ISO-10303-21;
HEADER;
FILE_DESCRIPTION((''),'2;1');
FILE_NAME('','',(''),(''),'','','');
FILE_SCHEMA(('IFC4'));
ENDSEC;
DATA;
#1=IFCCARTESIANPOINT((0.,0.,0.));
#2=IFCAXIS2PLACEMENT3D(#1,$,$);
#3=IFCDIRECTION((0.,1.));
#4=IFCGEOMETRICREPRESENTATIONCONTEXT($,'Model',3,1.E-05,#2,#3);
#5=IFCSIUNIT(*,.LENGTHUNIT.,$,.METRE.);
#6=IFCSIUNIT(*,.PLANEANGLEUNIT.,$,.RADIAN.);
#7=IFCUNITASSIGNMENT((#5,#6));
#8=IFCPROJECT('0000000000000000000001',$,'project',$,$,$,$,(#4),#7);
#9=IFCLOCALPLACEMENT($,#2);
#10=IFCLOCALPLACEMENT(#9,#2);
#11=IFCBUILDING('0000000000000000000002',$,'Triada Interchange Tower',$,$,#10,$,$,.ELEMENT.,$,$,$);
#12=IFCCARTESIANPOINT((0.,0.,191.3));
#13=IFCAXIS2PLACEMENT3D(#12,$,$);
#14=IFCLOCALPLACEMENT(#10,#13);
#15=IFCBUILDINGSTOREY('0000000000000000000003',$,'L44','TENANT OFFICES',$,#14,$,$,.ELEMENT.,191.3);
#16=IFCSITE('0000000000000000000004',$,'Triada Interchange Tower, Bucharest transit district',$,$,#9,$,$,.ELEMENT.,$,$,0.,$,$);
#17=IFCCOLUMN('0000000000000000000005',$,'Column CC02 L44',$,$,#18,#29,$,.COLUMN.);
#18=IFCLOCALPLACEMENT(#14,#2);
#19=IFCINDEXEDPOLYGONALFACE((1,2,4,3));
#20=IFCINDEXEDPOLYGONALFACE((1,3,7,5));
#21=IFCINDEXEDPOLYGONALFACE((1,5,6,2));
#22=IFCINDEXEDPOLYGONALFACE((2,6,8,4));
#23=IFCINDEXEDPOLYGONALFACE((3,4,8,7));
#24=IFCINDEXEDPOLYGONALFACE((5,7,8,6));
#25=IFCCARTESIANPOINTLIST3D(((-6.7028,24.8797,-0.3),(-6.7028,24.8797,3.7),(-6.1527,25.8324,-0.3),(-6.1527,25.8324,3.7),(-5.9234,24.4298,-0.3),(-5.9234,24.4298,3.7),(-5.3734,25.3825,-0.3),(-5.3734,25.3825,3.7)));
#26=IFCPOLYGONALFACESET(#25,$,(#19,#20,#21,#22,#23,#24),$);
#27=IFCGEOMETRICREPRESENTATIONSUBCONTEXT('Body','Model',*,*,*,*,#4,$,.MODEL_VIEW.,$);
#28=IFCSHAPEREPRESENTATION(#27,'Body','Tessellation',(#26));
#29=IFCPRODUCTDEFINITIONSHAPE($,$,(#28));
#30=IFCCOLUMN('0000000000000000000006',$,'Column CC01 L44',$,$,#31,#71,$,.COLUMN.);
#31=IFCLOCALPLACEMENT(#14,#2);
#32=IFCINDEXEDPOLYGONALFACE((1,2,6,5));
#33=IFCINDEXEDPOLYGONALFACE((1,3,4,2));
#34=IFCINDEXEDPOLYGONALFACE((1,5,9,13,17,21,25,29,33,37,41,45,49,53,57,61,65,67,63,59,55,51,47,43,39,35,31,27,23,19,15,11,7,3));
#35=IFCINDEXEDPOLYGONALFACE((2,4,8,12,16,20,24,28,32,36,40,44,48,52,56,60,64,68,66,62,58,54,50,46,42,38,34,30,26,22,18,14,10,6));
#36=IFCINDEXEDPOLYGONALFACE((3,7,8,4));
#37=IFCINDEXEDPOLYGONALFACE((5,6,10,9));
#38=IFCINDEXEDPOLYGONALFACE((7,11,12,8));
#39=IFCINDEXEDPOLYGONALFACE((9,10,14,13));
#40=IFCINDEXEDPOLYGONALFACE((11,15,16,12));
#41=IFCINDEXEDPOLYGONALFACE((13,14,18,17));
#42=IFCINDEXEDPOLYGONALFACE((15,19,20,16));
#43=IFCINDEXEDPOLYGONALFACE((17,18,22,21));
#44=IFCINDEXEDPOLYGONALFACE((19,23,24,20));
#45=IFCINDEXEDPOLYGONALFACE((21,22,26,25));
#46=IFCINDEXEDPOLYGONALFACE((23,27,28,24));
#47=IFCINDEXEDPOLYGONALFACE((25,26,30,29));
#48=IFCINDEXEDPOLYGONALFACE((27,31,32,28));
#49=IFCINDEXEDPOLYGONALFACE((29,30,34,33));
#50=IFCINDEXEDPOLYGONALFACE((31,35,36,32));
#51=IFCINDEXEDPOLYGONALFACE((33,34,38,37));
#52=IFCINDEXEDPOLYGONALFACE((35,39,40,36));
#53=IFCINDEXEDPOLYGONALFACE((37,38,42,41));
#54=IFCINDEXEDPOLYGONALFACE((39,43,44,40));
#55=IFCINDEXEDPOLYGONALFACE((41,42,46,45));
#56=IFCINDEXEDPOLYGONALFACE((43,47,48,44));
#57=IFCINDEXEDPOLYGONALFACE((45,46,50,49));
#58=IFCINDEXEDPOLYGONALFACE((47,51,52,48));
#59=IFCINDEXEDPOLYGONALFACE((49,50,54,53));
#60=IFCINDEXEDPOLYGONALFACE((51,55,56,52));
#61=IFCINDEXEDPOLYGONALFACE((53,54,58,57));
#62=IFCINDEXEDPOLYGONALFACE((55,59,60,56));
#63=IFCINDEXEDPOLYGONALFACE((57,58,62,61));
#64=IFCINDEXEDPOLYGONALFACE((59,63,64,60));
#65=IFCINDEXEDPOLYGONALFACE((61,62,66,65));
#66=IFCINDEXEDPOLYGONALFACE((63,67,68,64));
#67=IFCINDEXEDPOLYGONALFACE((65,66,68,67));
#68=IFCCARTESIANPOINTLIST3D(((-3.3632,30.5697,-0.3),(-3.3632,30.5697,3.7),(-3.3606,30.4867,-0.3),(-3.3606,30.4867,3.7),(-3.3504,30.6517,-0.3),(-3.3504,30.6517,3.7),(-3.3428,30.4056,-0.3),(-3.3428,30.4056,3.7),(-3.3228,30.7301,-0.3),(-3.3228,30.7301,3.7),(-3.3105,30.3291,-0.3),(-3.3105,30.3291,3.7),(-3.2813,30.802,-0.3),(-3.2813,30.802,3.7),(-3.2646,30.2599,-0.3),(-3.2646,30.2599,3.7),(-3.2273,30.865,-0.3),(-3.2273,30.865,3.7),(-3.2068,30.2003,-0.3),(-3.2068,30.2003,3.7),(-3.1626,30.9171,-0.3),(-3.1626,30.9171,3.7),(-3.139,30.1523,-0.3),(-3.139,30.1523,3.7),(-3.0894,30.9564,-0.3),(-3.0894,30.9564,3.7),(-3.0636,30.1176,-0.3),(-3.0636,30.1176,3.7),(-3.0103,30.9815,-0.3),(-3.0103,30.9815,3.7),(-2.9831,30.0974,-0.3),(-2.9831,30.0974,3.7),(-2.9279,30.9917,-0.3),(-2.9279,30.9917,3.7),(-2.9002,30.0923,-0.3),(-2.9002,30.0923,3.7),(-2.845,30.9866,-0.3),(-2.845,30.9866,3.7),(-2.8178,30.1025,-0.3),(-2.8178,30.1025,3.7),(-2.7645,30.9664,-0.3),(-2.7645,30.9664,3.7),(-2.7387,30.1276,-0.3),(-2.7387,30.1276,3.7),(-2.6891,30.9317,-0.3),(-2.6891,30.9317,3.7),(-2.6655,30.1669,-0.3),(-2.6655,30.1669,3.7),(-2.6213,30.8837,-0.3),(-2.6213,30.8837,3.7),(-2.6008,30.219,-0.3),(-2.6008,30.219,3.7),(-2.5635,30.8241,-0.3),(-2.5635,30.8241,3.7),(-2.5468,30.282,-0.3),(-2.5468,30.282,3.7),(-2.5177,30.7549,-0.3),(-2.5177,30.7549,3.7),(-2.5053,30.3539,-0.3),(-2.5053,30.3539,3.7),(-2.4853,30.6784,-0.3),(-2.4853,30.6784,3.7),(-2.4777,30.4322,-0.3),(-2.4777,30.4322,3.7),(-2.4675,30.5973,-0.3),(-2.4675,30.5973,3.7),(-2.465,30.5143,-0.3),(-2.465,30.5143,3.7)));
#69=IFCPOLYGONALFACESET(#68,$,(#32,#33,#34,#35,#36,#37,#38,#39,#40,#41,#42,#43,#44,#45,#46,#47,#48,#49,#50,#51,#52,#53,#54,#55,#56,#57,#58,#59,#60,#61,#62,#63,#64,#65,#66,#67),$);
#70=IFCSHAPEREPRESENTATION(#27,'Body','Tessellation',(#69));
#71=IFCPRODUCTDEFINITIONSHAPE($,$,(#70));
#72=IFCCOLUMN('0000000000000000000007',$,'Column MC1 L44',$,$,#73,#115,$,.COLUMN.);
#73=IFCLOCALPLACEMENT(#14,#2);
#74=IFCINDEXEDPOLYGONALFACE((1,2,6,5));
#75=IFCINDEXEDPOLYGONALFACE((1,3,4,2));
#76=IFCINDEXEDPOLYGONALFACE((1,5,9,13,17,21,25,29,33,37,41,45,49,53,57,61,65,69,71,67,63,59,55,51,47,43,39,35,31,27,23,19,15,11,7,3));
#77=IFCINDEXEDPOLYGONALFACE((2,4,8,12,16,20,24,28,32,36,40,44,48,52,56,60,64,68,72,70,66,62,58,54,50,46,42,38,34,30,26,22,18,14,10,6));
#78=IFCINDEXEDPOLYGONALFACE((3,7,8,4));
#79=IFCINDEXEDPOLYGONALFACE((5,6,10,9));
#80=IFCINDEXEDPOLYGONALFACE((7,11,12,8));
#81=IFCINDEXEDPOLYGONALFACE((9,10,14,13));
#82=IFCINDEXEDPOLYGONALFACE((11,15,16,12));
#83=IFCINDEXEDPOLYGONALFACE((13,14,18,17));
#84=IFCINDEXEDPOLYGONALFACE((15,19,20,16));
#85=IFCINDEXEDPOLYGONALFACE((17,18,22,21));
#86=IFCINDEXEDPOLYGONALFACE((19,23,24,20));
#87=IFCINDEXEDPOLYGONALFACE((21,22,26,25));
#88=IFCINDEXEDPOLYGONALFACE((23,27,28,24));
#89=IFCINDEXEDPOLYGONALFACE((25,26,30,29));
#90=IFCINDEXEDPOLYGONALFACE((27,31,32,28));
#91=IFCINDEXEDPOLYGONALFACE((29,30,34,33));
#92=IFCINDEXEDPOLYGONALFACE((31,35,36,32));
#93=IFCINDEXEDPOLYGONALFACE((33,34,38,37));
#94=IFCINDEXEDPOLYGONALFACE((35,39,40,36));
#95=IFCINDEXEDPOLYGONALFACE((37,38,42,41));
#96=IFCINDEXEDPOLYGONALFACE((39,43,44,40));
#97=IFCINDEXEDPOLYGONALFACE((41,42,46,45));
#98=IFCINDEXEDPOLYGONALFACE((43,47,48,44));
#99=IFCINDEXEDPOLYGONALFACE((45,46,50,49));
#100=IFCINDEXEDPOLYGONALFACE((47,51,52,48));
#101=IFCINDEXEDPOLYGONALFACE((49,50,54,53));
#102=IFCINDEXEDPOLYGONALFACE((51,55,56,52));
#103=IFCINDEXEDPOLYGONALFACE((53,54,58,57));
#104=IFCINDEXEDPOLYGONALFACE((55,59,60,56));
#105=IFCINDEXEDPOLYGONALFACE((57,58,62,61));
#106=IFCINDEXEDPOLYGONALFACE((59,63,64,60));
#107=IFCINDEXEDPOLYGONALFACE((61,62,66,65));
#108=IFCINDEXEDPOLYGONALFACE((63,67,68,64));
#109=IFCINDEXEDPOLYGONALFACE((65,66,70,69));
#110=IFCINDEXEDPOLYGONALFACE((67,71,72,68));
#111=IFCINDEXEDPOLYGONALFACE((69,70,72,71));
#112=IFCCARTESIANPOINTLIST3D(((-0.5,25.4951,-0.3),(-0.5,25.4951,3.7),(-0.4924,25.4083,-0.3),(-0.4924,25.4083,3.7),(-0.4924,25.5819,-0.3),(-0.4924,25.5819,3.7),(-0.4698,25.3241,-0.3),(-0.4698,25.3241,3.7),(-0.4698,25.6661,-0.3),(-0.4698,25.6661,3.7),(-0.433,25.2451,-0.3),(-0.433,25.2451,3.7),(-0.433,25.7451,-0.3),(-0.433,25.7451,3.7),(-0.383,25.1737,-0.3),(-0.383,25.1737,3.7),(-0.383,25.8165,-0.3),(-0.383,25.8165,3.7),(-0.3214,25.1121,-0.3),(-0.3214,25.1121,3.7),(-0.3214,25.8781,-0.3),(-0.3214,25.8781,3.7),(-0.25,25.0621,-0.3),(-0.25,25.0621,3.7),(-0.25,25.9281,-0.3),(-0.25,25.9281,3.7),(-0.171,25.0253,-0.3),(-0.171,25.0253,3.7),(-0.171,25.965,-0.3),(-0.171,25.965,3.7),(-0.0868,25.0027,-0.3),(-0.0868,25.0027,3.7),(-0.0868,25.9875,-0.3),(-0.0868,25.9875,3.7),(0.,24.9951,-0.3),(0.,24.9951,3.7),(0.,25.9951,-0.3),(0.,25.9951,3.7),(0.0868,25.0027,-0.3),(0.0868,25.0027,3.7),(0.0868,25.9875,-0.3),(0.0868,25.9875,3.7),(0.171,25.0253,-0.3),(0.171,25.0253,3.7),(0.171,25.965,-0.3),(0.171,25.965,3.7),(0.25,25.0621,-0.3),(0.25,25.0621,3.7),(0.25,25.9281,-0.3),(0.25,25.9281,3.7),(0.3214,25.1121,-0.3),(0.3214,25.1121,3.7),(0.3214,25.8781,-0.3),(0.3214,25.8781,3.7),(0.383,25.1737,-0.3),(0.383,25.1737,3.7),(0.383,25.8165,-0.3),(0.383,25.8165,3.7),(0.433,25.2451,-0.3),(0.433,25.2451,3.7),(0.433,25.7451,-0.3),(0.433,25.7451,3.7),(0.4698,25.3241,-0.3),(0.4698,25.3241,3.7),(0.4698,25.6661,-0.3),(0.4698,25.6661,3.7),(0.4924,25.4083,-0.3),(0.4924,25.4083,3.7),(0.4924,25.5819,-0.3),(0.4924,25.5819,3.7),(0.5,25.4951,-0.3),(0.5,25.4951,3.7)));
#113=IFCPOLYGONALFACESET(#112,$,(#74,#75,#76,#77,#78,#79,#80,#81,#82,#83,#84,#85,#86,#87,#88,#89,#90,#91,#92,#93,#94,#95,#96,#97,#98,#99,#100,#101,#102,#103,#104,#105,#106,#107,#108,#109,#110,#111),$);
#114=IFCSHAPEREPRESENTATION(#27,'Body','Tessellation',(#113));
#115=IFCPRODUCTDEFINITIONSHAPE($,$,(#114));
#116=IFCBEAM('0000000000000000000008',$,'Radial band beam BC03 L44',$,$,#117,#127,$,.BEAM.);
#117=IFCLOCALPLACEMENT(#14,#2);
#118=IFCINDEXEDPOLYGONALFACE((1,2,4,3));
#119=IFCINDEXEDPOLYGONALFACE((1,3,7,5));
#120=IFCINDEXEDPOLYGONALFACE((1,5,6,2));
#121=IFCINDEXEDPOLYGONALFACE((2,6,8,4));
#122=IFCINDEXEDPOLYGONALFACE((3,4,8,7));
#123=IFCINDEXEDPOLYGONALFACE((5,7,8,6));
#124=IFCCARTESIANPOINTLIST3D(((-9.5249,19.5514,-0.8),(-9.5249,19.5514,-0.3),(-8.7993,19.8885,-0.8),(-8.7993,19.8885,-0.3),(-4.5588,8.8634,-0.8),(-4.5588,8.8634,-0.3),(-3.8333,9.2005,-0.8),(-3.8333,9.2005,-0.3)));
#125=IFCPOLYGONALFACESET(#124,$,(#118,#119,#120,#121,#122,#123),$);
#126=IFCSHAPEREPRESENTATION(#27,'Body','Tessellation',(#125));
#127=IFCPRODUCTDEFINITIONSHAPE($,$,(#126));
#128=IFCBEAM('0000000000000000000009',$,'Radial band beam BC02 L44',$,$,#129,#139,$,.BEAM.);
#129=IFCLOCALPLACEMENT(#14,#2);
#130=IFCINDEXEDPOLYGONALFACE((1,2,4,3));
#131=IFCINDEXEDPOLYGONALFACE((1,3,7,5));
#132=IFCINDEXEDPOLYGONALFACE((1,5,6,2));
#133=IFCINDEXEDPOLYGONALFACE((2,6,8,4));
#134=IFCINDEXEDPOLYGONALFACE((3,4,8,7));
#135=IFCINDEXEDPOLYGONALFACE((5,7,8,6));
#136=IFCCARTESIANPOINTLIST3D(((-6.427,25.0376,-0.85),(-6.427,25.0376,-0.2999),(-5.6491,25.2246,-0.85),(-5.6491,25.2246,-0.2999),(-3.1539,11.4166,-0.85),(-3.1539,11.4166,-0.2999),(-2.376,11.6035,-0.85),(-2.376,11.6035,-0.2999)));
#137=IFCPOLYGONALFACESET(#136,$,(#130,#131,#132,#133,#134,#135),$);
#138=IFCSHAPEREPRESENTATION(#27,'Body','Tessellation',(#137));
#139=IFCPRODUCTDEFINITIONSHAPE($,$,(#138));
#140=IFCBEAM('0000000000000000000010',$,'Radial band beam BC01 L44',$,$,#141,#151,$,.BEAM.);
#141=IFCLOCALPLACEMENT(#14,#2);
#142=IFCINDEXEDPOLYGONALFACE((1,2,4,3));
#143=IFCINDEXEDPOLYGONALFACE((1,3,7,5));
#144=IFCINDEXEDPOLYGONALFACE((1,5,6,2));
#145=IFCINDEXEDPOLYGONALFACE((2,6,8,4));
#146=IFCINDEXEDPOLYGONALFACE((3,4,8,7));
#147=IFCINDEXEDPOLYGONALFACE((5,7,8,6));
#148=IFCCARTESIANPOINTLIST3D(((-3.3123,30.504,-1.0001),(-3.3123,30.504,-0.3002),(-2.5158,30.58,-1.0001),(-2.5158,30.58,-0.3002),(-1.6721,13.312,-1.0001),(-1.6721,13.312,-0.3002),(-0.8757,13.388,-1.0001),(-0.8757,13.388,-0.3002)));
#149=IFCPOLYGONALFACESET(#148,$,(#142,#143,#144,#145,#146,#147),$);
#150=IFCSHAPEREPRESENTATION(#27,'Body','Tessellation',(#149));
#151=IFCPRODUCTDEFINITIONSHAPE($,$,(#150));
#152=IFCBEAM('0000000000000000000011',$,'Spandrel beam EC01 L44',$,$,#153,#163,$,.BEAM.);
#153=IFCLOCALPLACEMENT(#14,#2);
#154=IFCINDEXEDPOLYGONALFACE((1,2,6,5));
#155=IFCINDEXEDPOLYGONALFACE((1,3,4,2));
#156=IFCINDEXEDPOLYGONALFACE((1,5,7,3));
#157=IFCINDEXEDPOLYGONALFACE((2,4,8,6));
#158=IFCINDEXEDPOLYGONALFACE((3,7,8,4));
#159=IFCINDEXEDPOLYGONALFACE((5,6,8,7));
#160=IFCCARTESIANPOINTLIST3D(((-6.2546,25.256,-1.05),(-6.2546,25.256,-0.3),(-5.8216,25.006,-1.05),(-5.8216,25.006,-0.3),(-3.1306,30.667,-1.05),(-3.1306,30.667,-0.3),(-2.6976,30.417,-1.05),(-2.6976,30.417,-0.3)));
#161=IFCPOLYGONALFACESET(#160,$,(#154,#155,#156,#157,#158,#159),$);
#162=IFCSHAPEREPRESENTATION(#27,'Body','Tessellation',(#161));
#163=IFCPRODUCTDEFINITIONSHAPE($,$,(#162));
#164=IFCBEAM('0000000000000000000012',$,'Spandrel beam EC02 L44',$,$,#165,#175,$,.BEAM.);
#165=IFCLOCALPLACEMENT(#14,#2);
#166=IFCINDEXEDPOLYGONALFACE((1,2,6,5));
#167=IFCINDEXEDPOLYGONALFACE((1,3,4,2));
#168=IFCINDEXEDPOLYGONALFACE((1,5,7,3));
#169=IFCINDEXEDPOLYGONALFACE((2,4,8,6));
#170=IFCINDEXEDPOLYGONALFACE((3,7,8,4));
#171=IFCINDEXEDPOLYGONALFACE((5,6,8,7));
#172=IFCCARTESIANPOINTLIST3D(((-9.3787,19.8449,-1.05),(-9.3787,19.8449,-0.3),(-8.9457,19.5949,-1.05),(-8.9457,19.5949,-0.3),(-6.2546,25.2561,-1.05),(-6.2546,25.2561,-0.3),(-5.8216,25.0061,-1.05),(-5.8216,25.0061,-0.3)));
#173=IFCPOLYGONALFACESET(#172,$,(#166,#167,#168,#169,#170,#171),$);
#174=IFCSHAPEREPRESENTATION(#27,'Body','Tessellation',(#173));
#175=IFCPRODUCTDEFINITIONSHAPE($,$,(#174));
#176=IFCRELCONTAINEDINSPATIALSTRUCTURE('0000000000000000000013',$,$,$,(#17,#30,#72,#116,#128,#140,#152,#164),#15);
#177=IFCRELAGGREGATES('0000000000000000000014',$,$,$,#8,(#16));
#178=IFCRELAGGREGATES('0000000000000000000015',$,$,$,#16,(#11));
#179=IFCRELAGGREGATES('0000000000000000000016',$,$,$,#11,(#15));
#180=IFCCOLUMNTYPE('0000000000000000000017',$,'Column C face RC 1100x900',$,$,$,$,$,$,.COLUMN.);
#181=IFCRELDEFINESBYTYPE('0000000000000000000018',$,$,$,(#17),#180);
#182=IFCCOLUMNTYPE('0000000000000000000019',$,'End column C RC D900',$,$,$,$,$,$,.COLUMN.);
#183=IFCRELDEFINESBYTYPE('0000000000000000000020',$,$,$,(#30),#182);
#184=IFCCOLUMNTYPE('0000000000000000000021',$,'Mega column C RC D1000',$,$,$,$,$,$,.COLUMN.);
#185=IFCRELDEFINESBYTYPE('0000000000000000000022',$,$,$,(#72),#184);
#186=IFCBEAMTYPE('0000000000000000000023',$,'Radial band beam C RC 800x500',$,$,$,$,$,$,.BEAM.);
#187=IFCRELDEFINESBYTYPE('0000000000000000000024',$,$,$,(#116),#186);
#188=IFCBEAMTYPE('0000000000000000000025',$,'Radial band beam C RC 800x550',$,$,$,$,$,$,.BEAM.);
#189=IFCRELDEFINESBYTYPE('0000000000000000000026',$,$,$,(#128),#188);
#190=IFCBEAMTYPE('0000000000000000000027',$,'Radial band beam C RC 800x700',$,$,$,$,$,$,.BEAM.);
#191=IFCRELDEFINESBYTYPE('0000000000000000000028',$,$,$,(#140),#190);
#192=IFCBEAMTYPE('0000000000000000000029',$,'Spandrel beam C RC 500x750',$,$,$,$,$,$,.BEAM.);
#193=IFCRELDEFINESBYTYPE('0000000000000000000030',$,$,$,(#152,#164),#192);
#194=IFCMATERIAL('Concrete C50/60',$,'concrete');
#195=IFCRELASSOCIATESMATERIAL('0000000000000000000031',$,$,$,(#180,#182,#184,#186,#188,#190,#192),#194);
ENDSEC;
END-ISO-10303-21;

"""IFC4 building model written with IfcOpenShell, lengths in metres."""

from ifc_helpers import new_model, si_unit, direction, frame, origin, origin_2d, place, context, subcontext, project, spatial, rectangle, circle, extrude, material, material_profile, profile_set, type_object, element, save


model = new_model("IFC4")

# Units and contexts
model_context = context("Model", 3, precision=1e-05, world=origin(), true_north=direction((0.0, 1.0)))
body_context = subcontext(model_context, "Body", "Model", "MODEL_VIEW")
ifc_project = project(units=[si_unit("LENGTHUNIT", "METRE"), si_unit("PLANEANGLEUNIT", "RADIAN")], contexts=[model_context])

# Site, building, storey
site_placement = place(None, origin())
site = spatial("IfcSite", under=ifc_project, at=site_placement, Name="Triada Interchange Tower, Bucharest transit district", CompositionType="ELEMENT", RefElevation=0.0)
building_placement = place(site_placement, origin())
building = spatial("IfcBuilding", under=site, at=building_placement, Name="Triada Interchange Tower", CompositionType="ELEMENT")
storey_placement = place(building_placement, frame((0.0, 0.0, 191.3)))
storey = spatial("IfcBuildingStorey", under=building, at=storey_placement, Name="L44", Description="TENANT OFFICES", CompositionType="ELEMENT", Elevation=191.3)

# Columns
ifc_material_1 = material(Name="Concrete C50/60", Category="concrete")
ifc_material_profile_1 = material_profile(ifc_material_1, rectangle(XDim=1.1001, YDim=0.8999, at=origin_2d()), Name="RC 1100x900")
ifc_profile_set_1 = profile_set([ifc_material_profile_1], Name="Concrete C50/60")
column_type_1 = type_object("IfcColumnType", Name="Column C face RC 1100x900", PredefinedType="COLUMN", material=ifc_profile_set_1)
column_1_placement = place(storey_placement, frame((-6.0381, 25.1311, -0.3), z_axis=(0.0, 0.0, 1.0), x_axis=(0.5, 0.866025, 0.0)))
element("IfcColumn", 1, at=column_1_placement, inside=storey, type_object=column_type_1, Name="Column CC02 L44", PredefinedType="COLUMN", context=body_context, shape_type="SweptSolid", body=[
    extrude(rectangle(XDim=1.1001, YDim=0.8999, at=origin_2d()), origin(), (0.0, 0.0, 1.0), 4.0),
])
ifc_material_profile_2 = material_profile(ifc_material_1, circle(Radius=0.45, at=origin_2d()), Name="RC D900")
ifc_profile_set_2 = profile_set([ifc_material_profile_2], Name="Concrete C50/60")
column_type_2 = type_object("IfcColumnType", Name="End column C RC D900", PredefinedType="COLUMN", material=ifc_profile_set_2)
column_2_placement = place(storey_placement, frame((-2.9141, 30.542, -0.3), z_axis=(0.0, 0.0, 1.0), x_axis=(0.5, 0.866025, 0.0)))
element("IfcColumn", 2, at=column_2_placement, inside=storey, type_object=column_type_2, Name="Column CC01 L44", PredefinedType="COLUMN", context=body_context, shape_type="SweptSolid", body=[
    extrude(circle(Radius=0.45, at=origin_2d()), origin(), (0.0, 0.0, 1.0), 4.0),
])
ifc_material_profile_3 = material_profile(ifc_material_1, circle(Radius=0.5, at=origin_2d()), Name="RC D1000")
ifc_profile_set_3 = profile_set([ifc_material_profile_3], Name="Concrete C50/60")
column_type_3 = type_object("IfcColumnType", Name="Mega column C RC D1000", PredefinedType="COLUMN", material=ifc_profile_set_3)
column_3_placement = place(storey_placement, frame((0.0, 25.4951, -0.3), z_axis=(0.0, 0.0, 1.0), x_axis=(1.0, 0.0, 0.0)))
element("IfcColumn", 3, at=column_3_placement, inside=storey, type_object=column_type_3, Name="Column MC1 L44", PredefinedType="COLUMN", context=body_context, shape_type="SweptSolid", body=[
    extrude(circle(Radius=0.5, at=origin_2d()), origin(), (0.0, 0.0, 1.0), 4.0),
])

# Beams
ifc_material_profile_4 = material_profile(ifc_material_1, rectangle(XDim=0.8, YDim=0.5, at=origin_2d()), Name="RC 800x500")
ifc_profile_set_4 = profile_set([ifc_material_profile_4], Name="Concrete C50/60")
beam_type_1 = type_object("IfcBeamType", Name="Radial band beam C RC 800x500", PredefinedType="BEAM", material=ifc_profile_set_4)
beam_1_placement = place(storey_placement, frame((-9.1621, 19.72, -0.55), z_axis=(0.421375, -0.906886, 0.0), x_axis=(0.906886, 0.421375, 0.0)))
element("IfcBeam", 4, at=beam_1_placement, inside=storey, type_object=beam_type_1, Name="Radial band beam BC03 L44", PredefinedType="BEAM", context=body_context, shape_type="SweptSolid", body=[
    extrude(rectangle(XDim=0.8, YDim=0.5, at=origin_2d()), origin(), (0.0, 0.0, 1.0), 11.7854),
])
ifc_material_profile_5 = material_profile(ifc_material_1, rectangle(XDim=0.8, YDim=0.55, at=origin_2d()), Name="RC 800x550")
ifc_profile_set_5 = profile_set([ifc_material_profile_5], Name="Concrete C50/60")
beam_type_2 = type_object("IfcBeamType", Name="Radial band beam C RC 800x550", PredefinedType="BEAM", material=ifc_profile_set_5)
beam_2_placement = place(storey_placement, frame((-6.0381, 25.1311, -0.575), z_axis=(0.233652, -0.97232, 0.0), x_axis=(0.97232, 0.233652, 0.0)))
element("IfcBeam", 5, at=beam_2_placement, inside=storey, type_object=beam_type_2, Name="Radial band beam BC02 L44", PredefinedType="BEAM", context=body_context, shape_type="SweptSolid", body=[
    extrude(rectangle(XDim=0.8, YDim=0.55, at=origin_2d()), origin(), (0.0, 0.0, 1.0), 14.0088),
])
ifc_material_profile_6 = material_profile(ifc_material_1, rectangle(XDim=0.8, YDim=0.7, at=origin_2d()), Name="RC 800x700")
ifc_profile_set_6 = profile_set([ifc_material_profile_6], Name="Concrete C50/60")
beam_type_3 = type_object("IfcBeamType", Name="Radial band beam C RC 800x700", PredefinedType="BEAM", material=ifc_profile_set_6)
beam_3_placement = place(storey_placement, frame((-2.9141, 30.542, -0.6501), z_axis=(0.094971, -0.99548, 0.0), x_axis=(0.99548, 0.094971, 0.0)))
element("IfcBeam", 6, at=beam_3_placement, inside=storey, type_object=beam_type_3, Name="Radial band beam BC01 L44", PredefinedType="BEAM", context=body_context, shape_type="SweptSolid", body=[
    extrude(rectangle(XDim=0.8, YDim=0.7, at=origin_2d()), origin(), (0.0, 0.0, 1.0), 17.27),
])
ifc_material_profile_7 = material_profile(ifc_material_1, rectangle(XDim=0.5, YDim=0.75, at=origin_2d()), Name="RC 500x750")
ifc_profile_set_7 = profile_set([ifc_material_profile_7], Name="Concrete C50/60")
beam_type_4 = type_object("IfcBeamType", Name="Spandrel beam C RC 500x750", PredefinedType="BEAM", material=ifc_profile_set_7)
beam_4_placement = place(storey_placement, frame((-2.9141, 30.542, -0.675), z_axis=(-0.500005, -0.866022, 0.0), x_axis=(0.866022, -0.500005, 0.0)))
element("IfcBeam", 7, at=beam_4_placement, inside=storey, type_object=beam_type_4, Name="Spandrel beam EC01 L44", PredefinedType="BEAM", context=body_context, shape_type="SweptSolid", body=[
    extrude(rectangle(XDim=0.5, YDim=0.75, at=origin_2d()), origin(), (0.0, 0.0, 1.0), 6.248),
])
beam_5_placement = place(storey_placement, frame((-6.0381, 25.1311, -0.675), z_axis=(-0.499989, -0.866032, 0.0), x_axis=(0.866032, -0.499989, 0.0)))
element("IfcBeam", 8, at=beam_5_placement, inside=storey, type_object=beam_type_4, Name="Spandrel beam EC02 L44", PredefinedType="BEAM", context=body_context, shape_type="SweptSolid", body=[
    extrude(rectangle(XDim=0.5, YDim=0.75, at=origin_2d()), origin(), (0.0, 0.0, 1.0), 6.2483),
])

save(model, "model.ifc")
